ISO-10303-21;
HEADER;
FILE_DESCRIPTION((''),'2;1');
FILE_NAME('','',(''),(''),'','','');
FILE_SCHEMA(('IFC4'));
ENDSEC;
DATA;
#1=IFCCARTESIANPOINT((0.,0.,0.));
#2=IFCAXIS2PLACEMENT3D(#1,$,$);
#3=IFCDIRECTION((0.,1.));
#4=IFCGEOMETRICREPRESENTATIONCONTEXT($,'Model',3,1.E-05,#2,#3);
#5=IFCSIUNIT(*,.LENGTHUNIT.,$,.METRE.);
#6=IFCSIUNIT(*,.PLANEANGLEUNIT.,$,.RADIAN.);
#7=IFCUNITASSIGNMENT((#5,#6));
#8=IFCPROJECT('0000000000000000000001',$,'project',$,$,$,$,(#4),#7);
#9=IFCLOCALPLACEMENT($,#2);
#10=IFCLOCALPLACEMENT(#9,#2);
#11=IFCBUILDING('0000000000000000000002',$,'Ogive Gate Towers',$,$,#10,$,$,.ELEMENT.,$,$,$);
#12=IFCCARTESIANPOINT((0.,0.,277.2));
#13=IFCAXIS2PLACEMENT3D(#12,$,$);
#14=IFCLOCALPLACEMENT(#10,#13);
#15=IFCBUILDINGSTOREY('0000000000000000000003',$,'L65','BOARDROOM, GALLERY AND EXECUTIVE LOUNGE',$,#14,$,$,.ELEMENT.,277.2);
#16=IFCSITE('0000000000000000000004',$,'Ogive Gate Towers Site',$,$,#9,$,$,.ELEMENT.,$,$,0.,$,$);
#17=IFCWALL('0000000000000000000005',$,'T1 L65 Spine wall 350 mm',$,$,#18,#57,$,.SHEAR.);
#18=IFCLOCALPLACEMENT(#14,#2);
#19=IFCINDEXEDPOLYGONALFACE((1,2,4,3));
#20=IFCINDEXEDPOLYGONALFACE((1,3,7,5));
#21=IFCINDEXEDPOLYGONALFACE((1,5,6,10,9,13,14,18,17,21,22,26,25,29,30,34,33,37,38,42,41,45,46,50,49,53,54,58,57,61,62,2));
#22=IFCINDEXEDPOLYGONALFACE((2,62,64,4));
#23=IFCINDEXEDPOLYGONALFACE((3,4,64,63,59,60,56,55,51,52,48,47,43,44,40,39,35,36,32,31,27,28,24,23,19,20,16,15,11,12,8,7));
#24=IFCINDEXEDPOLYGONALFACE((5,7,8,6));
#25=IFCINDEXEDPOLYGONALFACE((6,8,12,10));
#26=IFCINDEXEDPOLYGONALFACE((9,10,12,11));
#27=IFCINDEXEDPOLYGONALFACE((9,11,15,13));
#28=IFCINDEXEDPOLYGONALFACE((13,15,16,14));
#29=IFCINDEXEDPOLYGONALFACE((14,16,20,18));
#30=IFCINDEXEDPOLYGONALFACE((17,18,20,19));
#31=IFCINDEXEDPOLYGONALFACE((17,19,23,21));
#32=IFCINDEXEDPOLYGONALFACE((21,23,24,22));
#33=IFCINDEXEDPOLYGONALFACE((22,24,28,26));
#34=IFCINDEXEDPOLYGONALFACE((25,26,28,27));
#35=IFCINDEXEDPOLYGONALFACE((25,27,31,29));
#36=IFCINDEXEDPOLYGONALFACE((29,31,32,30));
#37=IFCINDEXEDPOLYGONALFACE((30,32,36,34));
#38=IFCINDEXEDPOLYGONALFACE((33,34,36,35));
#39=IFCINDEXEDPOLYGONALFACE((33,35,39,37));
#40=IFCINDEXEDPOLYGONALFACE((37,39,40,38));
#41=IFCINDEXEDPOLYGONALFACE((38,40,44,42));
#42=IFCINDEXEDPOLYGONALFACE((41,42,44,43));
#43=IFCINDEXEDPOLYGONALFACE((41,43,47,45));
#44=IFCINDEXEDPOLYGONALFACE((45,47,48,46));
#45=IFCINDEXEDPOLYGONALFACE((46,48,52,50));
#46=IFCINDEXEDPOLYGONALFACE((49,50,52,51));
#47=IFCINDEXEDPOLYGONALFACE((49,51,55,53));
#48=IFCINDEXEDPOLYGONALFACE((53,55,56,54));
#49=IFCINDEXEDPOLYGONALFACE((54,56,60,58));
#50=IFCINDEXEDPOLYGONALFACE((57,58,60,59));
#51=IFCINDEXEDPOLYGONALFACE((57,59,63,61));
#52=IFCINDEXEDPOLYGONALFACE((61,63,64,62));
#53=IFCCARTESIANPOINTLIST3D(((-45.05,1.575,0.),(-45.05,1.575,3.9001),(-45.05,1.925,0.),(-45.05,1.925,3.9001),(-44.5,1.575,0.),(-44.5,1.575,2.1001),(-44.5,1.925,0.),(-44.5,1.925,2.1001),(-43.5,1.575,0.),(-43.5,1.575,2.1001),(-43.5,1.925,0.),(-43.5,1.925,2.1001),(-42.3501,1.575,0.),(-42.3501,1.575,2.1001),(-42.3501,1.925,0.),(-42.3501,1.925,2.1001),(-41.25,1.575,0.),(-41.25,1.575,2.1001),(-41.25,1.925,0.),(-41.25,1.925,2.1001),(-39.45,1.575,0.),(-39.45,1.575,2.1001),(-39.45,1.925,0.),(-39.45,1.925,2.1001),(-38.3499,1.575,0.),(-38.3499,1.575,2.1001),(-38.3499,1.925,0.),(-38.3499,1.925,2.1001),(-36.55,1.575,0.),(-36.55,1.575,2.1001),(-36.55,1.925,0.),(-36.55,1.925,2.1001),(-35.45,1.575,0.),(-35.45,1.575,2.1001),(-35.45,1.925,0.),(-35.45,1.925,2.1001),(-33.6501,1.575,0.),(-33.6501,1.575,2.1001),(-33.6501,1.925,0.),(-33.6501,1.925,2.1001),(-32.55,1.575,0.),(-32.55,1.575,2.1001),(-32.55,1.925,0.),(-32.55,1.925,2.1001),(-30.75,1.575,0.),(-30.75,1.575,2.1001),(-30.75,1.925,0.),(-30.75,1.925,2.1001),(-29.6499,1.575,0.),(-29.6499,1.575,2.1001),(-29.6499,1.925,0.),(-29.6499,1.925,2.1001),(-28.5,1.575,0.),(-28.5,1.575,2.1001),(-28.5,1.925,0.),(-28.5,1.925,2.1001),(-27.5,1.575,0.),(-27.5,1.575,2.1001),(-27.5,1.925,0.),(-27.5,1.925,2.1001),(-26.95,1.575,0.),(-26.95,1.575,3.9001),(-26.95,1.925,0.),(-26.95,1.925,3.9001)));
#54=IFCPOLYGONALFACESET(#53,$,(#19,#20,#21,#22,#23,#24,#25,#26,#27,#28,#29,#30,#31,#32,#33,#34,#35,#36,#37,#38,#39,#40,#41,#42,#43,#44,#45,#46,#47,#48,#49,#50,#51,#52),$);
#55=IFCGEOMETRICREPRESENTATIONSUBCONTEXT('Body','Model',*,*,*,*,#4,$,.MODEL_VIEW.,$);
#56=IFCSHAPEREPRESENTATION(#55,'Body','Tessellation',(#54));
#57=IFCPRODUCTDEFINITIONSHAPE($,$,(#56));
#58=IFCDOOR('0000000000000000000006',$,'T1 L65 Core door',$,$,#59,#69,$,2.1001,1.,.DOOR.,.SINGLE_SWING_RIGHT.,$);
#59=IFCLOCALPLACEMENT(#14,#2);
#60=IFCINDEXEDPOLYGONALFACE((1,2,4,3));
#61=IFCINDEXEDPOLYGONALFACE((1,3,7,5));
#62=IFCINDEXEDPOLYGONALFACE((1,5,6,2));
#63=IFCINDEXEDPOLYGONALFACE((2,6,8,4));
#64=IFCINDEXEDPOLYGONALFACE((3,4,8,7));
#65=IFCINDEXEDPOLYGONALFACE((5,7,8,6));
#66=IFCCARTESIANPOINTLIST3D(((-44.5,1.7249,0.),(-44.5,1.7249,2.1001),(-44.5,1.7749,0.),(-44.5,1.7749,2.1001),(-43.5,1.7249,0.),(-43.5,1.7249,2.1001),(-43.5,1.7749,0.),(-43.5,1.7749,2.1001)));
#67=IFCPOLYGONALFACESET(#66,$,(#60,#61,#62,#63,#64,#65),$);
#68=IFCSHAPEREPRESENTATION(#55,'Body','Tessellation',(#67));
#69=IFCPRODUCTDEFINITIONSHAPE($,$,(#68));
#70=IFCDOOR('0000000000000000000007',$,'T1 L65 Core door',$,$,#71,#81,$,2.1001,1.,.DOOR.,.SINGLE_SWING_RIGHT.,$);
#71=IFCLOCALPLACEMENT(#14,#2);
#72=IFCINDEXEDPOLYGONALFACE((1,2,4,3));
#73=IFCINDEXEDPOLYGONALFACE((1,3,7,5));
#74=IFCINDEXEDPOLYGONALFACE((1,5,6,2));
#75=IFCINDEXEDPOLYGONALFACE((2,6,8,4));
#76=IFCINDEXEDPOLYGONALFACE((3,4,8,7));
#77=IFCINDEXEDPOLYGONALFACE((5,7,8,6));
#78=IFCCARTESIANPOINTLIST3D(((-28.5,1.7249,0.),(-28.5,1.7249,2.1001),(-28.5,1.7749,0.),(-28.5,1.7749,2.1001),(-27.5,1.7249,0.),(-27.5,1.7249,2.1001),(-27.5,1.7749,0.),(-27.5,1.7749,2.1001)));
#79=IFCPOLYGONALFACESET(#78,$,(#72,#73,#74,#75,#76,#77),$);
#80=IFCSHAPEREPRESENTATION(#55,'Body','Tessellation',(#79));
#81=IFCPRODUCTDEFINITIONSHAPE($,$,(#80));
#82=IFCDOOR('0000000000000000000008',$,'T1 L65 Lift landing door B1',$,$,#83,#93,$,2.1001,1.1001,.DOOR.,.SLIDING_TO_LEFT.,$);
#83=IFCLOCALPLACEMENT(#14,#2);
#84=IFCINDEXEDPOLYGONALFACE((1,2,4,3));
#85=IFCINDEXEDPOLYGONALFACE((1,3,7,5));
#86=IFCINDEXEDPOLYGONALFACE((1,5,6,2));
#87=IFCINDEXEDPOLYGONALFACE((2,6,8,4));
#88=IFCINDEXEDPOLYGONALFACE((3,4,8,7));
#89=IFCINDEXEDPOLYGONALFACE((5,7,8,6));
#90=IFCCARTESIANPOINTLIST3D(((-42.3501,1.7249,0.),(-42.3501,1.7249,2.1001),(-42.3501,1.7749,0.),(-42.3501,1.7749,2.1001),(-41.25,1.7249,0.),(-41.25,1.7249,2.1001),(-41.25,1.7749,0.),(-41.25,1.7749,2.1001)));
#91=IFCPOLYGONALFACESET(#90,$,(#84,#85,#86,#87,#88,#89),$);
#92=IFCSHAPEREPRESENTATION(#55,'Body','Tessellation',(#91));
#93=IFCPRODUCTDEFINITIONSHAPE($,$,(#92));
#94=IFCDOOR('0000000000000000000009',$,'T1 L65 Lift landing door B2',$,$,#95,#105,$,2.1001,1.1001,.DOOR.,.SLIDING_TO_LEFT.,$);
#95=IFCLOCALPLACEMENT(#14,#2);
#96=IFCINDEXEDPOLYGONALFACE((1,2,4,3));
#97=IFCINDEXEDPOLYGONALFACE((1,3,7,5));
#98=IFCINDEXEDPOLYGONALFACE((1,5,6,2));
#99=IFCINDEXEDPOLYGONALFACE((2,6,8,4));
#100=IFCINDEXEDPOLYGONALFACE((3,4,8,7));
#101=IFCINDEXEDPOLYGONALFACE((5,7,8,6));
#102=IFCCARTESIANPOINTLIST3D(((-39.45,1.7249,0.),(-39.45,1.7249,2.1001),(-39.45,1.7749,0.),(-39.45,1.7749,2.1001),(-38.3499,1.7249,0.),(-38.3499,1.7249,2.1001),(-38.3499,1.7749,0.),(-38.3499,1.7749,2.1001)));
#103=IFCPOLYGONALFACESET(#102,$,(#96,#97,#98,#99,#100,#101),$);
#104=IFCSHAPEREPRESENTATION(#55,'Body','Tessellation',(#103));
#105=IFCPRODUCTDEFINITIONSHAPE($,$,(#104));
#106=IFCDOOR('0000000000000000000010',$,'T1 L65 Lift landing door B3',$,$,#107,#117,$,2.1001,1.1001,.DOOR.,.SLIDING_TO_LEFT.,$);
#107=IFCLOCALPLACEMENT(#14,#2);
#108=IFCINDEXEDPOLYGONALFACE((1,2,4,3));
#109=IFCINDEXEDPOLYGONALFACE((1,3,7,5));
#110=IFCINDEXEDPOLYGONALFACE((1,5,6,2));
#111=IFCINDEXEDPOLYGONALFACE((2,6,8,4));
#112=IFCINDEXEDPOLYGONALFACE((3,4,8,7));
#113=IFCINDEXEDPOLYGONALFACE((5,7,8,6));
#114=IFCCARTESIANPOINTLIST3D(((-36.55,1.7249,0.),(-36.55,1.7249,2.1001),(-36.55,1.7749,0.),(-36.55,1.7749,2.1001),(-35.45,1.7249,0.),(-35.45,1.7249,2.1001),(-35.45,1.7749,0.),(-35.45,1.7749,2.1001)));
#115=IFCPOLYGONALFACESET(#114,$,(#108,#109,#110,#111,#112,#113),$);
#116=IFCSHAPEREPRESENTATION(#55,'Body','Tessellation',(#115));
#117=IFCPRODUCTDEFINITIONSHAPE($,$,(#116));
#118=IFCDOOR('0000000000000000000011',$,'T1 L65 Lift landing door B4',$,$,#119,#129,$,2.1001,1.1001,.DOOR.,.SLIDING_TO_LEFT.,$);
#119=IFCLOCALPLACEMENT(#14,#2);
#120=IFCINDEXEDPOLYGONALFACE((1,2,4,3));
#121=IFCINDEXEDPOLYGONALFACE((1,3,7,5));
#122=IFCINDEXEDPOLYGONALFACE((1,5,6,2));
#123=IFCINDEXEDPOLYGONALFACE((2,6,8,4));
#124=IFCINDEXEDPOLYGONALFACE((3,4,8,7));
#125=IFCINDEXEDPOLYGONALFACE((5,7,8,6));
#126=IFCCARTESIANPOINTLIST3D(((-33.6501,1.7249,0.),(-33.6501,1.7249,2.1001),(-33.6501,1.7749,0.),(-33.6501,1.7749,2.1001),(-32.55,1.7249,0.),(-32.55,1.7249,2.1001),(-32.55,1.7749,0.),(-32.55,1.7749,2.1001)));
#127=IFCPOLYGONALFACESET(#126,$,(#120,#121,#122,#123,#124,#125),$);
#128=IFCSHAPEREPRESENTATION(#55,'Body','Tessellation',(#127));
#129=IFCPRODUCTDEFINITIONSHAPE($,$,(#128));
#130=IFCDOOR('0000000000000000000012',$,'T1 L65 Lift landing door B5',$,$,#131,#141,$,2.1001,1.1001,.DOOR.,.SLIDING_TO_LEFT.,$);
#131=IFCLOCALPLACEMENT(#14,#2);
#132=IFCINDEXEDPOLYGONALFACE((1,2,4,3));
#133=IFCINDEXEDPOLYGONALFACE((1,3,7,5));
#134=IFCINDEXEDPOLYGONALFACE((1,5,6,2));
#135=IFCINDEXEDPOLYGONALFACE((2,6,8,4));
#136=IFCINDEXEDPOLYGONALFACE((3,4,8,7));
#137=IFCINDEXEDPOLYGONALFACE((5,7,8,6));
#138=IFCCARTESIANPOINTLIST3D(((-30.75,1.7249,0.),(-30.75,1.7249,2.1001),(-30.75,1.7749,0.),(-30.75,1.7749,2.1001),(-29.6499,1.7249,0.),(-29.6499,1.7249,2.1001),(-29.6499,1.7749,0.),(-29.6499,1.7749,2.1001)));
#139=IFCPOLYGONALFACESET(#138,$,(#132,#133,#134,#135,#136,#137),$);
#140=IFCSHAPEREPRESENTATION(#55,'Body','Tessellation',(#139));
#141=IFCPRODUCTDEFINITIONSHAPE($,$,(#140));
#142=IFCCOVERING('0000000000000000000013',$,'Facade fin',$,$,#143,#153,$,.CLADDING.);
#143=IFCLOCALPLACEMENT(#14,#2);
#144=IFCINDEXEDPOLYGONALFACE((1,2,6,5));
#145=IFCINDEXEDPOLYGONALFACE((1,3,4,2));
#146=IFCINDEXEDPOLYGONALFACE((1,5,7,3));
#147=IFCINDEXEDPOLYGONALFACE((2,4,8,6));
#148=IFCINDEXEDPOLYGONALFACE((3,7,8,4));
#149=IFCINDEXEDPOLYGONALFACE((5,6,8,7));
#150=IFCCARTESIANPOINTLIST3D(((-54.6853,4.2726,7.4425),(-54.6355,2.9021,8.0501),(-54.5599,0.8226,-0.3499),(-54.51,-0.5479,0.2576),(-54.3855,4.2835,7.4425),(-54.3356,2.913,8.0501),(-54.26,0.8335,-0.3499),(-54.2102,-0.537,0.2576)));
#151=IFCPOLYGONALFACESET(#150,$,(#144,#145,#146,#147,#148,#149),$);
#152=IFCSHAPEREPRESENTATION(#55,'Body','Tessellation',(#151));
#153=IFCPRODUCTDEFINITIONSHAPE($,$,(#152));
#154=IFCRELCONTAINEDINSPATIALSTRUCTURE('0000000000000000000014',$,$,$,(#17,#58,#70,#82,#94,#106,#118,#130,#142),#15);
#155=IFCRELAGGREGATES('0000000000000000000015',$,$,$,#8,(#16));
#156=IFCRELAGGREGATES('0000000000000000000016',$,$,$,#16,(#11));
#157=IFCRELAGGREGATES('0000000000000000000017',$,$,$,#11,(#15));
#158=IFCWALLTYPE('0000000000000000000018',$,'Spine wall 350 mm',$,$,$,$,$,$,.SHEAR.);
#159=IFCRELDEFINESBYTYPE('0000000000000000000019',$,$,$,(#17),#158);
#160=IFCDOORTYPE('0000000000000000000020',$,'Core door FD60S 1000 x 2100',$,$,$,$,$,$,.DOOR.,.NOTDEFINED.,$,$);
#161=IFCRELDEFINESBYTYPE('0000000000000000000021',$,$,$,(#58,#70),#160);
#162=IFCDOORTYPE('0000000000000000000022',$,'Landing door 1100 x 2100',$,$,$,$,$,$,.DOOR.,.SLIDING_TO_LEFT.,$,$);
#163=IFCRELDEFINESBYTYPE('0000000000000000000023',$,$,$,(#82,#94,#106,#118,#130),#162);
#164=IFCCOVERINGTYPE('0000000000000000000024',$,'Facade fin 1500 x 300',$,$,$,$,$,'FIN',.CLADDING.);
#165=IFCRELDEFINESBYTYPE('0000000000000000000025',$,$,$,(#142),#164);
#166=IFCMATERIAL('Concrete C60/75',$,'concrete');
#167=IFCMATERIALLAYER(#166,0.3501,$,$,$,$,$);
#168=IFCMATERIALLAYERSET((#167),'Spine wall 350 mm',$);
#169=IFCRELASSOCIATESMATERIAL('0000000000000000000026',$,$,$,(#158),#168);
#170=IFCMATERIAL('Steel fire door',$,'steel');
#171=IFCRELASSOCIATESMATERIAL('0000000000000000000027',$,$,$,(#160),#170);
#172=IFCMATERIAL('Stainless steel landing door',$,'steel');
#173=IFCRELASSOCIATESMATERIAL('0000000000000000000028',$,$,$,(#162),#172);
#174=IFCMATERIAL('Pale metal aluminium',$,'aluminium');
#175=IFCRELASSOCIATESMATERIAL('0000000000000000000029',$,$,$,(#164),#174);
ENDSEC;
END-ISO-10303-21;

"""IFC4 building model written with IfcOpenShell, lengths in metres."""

from ifc_helpers import new_model, si_unit, direction, frame, frame_2d, origin, origin_2d, place, context, subcontext, project, spatial, rectangle, extrude, material, layer, layer_set, material_profile, profile_set, type_object, element, fill, save


model = new_model("IFC4")

# Units and contexts
model_context = context("Model", 3, precision=1e-05, world=origin(), true_north=direction((0.0, 1.0)))
body_context = subcontext(model_context, "Body", "Model", "MODEL_VIEW")
ifc_project = project(units=[si_unit("LENGTHUNIT", "METRE"), si_unit("PLANEANGLEUNIT", "RADIAN")], contexts=[model_context])

# Site, building, storey
site_placement = place(None, origin())
site = spatial("IfcSite", under=ifc_project, at=site_placement, Name="Ogive Gate Towers Site", CompositionType="ELEMENT", RefElevation=0.0)
building_placement = place(site_placement, origin())
building = spatial("IfcBuilding", under=site, at=building_placement, Name="Ogive Gate Towers", CompositionType="ELEMENT")
storey_placement = place(building_placement, frame((0.0, 0.0, 277.2)))
storey = spatial("IfcBuildingStorey", under=building, at=storey_placement, Name="L65", Description="BOARDROOM, GALLERY AND EXECUTIVE LOUNGE", CompositionType="ELEMENT", Elevation=277.2)

# Shared definitions
ifc_material_1 = material(Name="Pale metal aluminium", Category="aluminium")

# Wall, openings, doors
ifc_material_2 = material(Name="Concrete C60/75", Category="concrete")
ifc_layer_1 = layer(ifc_material_2, 0.3501)
ifc_layer_set_1 = layer_set([ifc_layer_1], Name="Spine wall 350 mm")
wall_type_1 = type_object("IfcWallType", Name="Spine wall 350 mm", PredefinedType="SHEAR", material=ifc_layer_set_1)
wall_1_placement = place(storey_placement, frame((-45.05, 1.75, 0.0), z_axis=(0.0, 0.0, 1.0), x_axis=(1.0, 0.0, 0.0)))
wall_1 = element("IfcWall", 1, at=wall_1_placement, inside=storey, type_object=wall_type_1, Name="T1 L65 Spine wall 350 mm", PredefinedType="SHEAR", context=body_context, shape_type="SweptSolid", body=[
    extrude(rectangle(XDim=18.1001, YDim=0.3501, at=frame_2d((9.05, 0.0))), origin(), (0.0, 0.0, 1.0), 3.9001),
])
opening_1_placement = place(wall_1_placement, frame((0.55, 0.0, 0.0)))
opening_1 = element("IfcOpeningElement", 2, at=opening_1_placement, cuts=wall_1, PredefinedType="OPENING", context=body_context, shape_type="SweptSolid", body=[
    extrude(rectangle(XDim=1.0, YDim=2.1001, at=frame_2d((0.5, 1.05))), frame((0.0, 0.1851, 0.0), z_axis=(0.0, -1.0, 0.0), x_axis=(1.0, 0.0, 0.0)), (0.0, 0.0, 1.0), 0.3701),
])
opening_2_placement = place(wall_1_placement, frame((2.7, 0.0, 0.0)))
opening_2 = element("IfcOpeningElement", 3, at=opening_2_placement, cuts=wall_1, PredefinedType="OPENING", context=body_context, shape_type="SweptSolid", body=[
    extrude(rectangle(XDim=1.1001, YDim=2.1001, at=frame_2d((0.55, 1.05))), frame((0.0, 0.1851, 0.0), z_axis=(0.0, -1.0, 0.0), x_axis=(1.0, 0.0, 0.0)), (0.0, 0.0, 1.0), 0.3701),
])
opening_3_placement = place(wall_1_placement, frame((5.6001, 0.0, 0.0)))
opening_3 = element("IfcOpeningElement", 4, at=opening_3_placement, cuts=wall_1, PredefinedType="OPENING", context=body_context, shape_type="SweptSolid", body=[
    extrude(rectangle(XDim=1.1001, YDim=2.1001, at=frame_2d((0.55, 1.05))), frame((0.0, 0.1851, 0.0), z_axis=(0.0, -1.0, 0.0), x_axis=(1.0, 0.0, 0.0)), (0.0, 0.0, 1.0), 0.3701),
])
opening_4_placement = place(wall_1_placement, frame((8.5, 0.0, 0.0)))
opening_4 = element("IfcOpeningElement", 5, at=opening_4_placement, cuts=wall_1, PredefinedType="OPENING", context=body_context, shape_type="SweptSolid", body=[
    extrude(rectangle(XDim=1.1001, YDim=2.1001, at=frame_2d((0.55, 1.05))), frame((0.0, 0.1851, 0.0), z_axis=(0.0, -1.0, 0.0), x_axis=(1.0, 0.0, 0.0)), (0.0, 0.0, 1.0), 0.3701),
])
opening_5_placement = place(wall_1_placement, frame((11.3999, 0.0, 0.0)))
opening_5 = element("IfcOpeningElement", 6, at=opening_5_placement, cuts=wall_1, PredefinedType="OPENING", context=body_context, shape_type="SweptSolid", body=[
    extrude(rectangle(XDim=1.1001, YDim=2.1001, at=frame_2d((0.55, 1.05))), frame((0.0, 0.1851, 0.0), z_axis=(0.0, -1.0, 0.0), x_axis=(1.0, 0.0, 0.0)), (0.0, 0.0, 1.0), 0.3701),
])
opening_6_placement = place(wall_1_placement, frame((14.3, 0.0, 0.0)))
opening_6 = element("IfcOpeningElement", 7, at=opening_6_placement, cuts=wall_1, PredefinedType="OPENING", context=body_context, shape_type="SweptSolid", body=[
    extrude(rectangle(XDim=1.1001, YDim=2.1001, at=frame_2d((0.55, 1.05))), frame((0.0, 0.1851, 0.0), z_axis=(0.0, -1.0, 0.0), x_axis=(1.0, 0.0, 0.0)), (0.0, 0.0, 1.0), 0.3701),
])
opening_7_placement = place(wall_1_placement, frame((16.55, 0.0, 0.0)))
opening_7 = element("IfcOpeningElement", 8, at=opening_7_placement, cuts=wall_1, PredefinedType="OPENING", context=body_context, shape_type="SweptSolid", body=[
    extrude(rectangle(XDim=1.0, YDim=2.1001, at=frame_2d((0.5, 1.05))), frame((0.0, 0.1851, 0.0), z_axis=(0.0, -1.0, 0.0), x_axis=(1.0, 0.0, 0.0)), (0.0, 0.0, 1.0), 0.3701),
])
ifc_material_3 = material(Name="Steel fire door", Category="steel")
door_type_1 = type_object("IfcDoorType", Name="Core door FD60S 1000 x 2100", OperationType="NOTDEFINED", PredefinedType="DOOR", material=ifc_material_3)
door_1_placement = place(opening_1_placement, origin())
door_1 = element("IfcDoor", 9, at=door_1_placement, inside=storey, type_object=door_type_1, Name="T1 L65 Core door", OperationType="SINGLE_SWING_RIGHT", OverallHeight=2.1001, OverallWidth=1.0, PredefinedType="DOOR", context=body_context, shape_type="SweptSolid", body=[
    extrude(rectangle(XDim=1.0, YDim=2.1001, at=frame_2d((0.5, 1.05))), frame((0.0, 0.0249, 0.0), z_axis=(0.0, -1.0, 0.0), x_axis=(1.0, 0.0, 0.0)), (0.0, 0.0, 1.0), 0.05),
])
fill(opening_1, door_1)
door_2_placement = place(opening_7_placement, origin())
door_2 = element("IfcDoor", 10, at=door_2_placement, inside=storey, type_object=door_type_1, Name="T1 L65 Core door", OperationType="SINGLE_SWING_RIGHT", OverallHeight=2.1001, OverallWidth=1.0, PredefinedType="DOOR", context=body_context, shape_type="SweptSolid", body=[
    extrude(rectangle(XDim=1.0, YDim=2.1001, at=frame_2d((0.5, 1.05))), frame((0.0, 0.0249, 0.0), z_axis=(0.0, -1.0, 0.0), x_axis=(1.0, 0.0, 0.0)), (0.0, 0.0, 1.0), 0.05),
])
fill(opening_7, door_2)
ifc_material_4 = material(Name="Stainless steel landing door", Category="steel")
door_type_2 = type_object("IfcDoorType", Name="Landing door 1100 x 2100", OperationType="SLIDING_TO_LEFT", PredefinedType="DOOR", material=ifc_material_4)
door_3_placement = place(opening_2_placement, origin())
door_3 = element("IfcDoor", 11, at=door_3_placement, inside=storey, type_object=door_type_2, Name="T1 L65 Lift landing door B1", OperationType="SLIDING_TO_LEFT", OverallHeight=2.1001, OverallWidth=1.1001, PredefinedType="DOOR", context=body_context, shape_type="SweptSolid", body=[
    extrude(rectangle(XDim=1.1001, YDim=2.1001, at=frame_2d((0.55, 1.05))), frame((0.0, 0.0249, 0.0), z_axis=(0.0, -1.0, 0.0), x_axis=(1.0, 0.0, 0.0)), (0.0, 0.0, 1.0), 0.05),
])
fill(opening_2, door_3)
door_4_placement = place(opening_3_placement, origin())
door_4 = element("IfcDoor", 12, at=door_4_placement, inside=storey, type_object=door_type_2, Name="T1 L65 Lift landing door B2", OperationType="SLIDING_TO_LEFT", OverallHeight=2.1001, OverallWidth=1.1001, PredefinedType="DOOR", context=body_context, shape_type="SweptSolid", body=[
    extrude(rectangle(XDim=1.1001, YDim=2.1001, at=frame_2d((0.55, 1.05))), frame((0.0, 0.0249, 0.0), z_axis=(0.0, -1.0, 0.0), x_axis=(1.0, 0.0, 0.0)), (0.0, 0.0, 1.0), 0.05),
])
fill(opening_3, door_4)
door_5_placement = place(opening_4_placement, origin())
door_5 = element("IfcDoor", 13, at=door_5_placement, inside=storey, type_object=door_type_2, Name="T1 L65 Lift landing door B3", OperationType="SLIDING_TO_LEFT", OverallHeight=2.1001, OverallWidth=1.1001, PredefinedType="DOOR", context=body_context, shape_type="SweptSolid", body=[
    extrude(rectangle(XDim=1.1001, YDim=2.1001, at=frame_2d((0.55, 1.05))), frame((0.0, 0.0249, 0.0), z_axis=(0.0, -1.0, 0.0), x_axis=(1.0, 0.0, 0.0)), (0.0, 0.0, 1.0), 0.05),
])
fill(opening_4, door_5)
door_6_placement = place(opening_5_placement, origin())
door_6 = element("IfcDoor", 14, at=door_6_placement, inside=storey, type_object=door_type_2, Name="T1 L65 Lift landing door B4", OperationType="SLIDING_TO_LEFT", OverallHeight=2.1001, OverallWidth=1.1001, PredefinedType="DOOR", context=body_context, shape_type="SweptSolid", body=[
    extrude(rectangle(XDim=1.1001, YDim=2.1001, at=frame_2d((0.55, 1.05))), frame((0.0, 0.0249, 0.0), z_axis=(0.0, -1.0, 0.0), x_axis=(1.0, 0.0, 0.0)), (0.0, 0.0, 1.0), 0.05),
])
fill(opening_5, door_6)
door_7_placement = place(opening_6_placement, origin())
door_7 = element("IfcDoor", 15, at=door_7_placement, inside=storey, type_object=door_type_2, Name="T1 L65 Lift landing door B5", OperationType="SLIDING_TO_LEFT", OverallHeight=2.1001, OverallWidth=1.1001, PredefinedType="DOOR", context=body_context, shape_type="SweptSolid", body=[
    extrude(rectangle(XDim=1.1001, YDim=2.1001, at=frame_2d((0.55, 1.05))), frame((0.0, 0.0249, 0.0), z_axis=(0.0, -1.0, 0.0), x_axis=(1.0, 0.0, 0.0)), (0.0, 0.0, 1.0), 0.05),
])
fill(opening_6, door_7)

# Covering
ifc_material_profile_1 = material_profile(ifc_material_1, rectangle(XDim=0.3, YDim=1.5, at=origin_2d()), Name="1500 x 300 pale metal aluminium")
ifc_profile_set_1 = profile_set([ifc_material_profile_1], Name="Pale metal aluminium")
covering_type = type_object("IfcCoveringType", Name="Facade fin 1500 x 300", ElementType="FIN", PredefinedType="CLADDING", material=ifc_profile_set_1)
covering_placement = place(storey_placement, frame((-54.385, 0.1428, -0.0461), z_axis=(-0.014724, 0.404784, 0.914294), x_axis=(-0.999339, -0.03635, 0.0)))
element("IfcCovering", 16, at=covering_placement, inside=storey, type_object=covering_type, Name="Facade fin", PredefinedType="CLADDING", context=body_context, shape_type="SweptSolid", body=[
    extrude(rectangle(XDim=0.3, YDim=1.5, at=origin_2d()), origin(), (0.0, 0.0, 1.0), 8.5229),
])

save(model, "model.ifc")
